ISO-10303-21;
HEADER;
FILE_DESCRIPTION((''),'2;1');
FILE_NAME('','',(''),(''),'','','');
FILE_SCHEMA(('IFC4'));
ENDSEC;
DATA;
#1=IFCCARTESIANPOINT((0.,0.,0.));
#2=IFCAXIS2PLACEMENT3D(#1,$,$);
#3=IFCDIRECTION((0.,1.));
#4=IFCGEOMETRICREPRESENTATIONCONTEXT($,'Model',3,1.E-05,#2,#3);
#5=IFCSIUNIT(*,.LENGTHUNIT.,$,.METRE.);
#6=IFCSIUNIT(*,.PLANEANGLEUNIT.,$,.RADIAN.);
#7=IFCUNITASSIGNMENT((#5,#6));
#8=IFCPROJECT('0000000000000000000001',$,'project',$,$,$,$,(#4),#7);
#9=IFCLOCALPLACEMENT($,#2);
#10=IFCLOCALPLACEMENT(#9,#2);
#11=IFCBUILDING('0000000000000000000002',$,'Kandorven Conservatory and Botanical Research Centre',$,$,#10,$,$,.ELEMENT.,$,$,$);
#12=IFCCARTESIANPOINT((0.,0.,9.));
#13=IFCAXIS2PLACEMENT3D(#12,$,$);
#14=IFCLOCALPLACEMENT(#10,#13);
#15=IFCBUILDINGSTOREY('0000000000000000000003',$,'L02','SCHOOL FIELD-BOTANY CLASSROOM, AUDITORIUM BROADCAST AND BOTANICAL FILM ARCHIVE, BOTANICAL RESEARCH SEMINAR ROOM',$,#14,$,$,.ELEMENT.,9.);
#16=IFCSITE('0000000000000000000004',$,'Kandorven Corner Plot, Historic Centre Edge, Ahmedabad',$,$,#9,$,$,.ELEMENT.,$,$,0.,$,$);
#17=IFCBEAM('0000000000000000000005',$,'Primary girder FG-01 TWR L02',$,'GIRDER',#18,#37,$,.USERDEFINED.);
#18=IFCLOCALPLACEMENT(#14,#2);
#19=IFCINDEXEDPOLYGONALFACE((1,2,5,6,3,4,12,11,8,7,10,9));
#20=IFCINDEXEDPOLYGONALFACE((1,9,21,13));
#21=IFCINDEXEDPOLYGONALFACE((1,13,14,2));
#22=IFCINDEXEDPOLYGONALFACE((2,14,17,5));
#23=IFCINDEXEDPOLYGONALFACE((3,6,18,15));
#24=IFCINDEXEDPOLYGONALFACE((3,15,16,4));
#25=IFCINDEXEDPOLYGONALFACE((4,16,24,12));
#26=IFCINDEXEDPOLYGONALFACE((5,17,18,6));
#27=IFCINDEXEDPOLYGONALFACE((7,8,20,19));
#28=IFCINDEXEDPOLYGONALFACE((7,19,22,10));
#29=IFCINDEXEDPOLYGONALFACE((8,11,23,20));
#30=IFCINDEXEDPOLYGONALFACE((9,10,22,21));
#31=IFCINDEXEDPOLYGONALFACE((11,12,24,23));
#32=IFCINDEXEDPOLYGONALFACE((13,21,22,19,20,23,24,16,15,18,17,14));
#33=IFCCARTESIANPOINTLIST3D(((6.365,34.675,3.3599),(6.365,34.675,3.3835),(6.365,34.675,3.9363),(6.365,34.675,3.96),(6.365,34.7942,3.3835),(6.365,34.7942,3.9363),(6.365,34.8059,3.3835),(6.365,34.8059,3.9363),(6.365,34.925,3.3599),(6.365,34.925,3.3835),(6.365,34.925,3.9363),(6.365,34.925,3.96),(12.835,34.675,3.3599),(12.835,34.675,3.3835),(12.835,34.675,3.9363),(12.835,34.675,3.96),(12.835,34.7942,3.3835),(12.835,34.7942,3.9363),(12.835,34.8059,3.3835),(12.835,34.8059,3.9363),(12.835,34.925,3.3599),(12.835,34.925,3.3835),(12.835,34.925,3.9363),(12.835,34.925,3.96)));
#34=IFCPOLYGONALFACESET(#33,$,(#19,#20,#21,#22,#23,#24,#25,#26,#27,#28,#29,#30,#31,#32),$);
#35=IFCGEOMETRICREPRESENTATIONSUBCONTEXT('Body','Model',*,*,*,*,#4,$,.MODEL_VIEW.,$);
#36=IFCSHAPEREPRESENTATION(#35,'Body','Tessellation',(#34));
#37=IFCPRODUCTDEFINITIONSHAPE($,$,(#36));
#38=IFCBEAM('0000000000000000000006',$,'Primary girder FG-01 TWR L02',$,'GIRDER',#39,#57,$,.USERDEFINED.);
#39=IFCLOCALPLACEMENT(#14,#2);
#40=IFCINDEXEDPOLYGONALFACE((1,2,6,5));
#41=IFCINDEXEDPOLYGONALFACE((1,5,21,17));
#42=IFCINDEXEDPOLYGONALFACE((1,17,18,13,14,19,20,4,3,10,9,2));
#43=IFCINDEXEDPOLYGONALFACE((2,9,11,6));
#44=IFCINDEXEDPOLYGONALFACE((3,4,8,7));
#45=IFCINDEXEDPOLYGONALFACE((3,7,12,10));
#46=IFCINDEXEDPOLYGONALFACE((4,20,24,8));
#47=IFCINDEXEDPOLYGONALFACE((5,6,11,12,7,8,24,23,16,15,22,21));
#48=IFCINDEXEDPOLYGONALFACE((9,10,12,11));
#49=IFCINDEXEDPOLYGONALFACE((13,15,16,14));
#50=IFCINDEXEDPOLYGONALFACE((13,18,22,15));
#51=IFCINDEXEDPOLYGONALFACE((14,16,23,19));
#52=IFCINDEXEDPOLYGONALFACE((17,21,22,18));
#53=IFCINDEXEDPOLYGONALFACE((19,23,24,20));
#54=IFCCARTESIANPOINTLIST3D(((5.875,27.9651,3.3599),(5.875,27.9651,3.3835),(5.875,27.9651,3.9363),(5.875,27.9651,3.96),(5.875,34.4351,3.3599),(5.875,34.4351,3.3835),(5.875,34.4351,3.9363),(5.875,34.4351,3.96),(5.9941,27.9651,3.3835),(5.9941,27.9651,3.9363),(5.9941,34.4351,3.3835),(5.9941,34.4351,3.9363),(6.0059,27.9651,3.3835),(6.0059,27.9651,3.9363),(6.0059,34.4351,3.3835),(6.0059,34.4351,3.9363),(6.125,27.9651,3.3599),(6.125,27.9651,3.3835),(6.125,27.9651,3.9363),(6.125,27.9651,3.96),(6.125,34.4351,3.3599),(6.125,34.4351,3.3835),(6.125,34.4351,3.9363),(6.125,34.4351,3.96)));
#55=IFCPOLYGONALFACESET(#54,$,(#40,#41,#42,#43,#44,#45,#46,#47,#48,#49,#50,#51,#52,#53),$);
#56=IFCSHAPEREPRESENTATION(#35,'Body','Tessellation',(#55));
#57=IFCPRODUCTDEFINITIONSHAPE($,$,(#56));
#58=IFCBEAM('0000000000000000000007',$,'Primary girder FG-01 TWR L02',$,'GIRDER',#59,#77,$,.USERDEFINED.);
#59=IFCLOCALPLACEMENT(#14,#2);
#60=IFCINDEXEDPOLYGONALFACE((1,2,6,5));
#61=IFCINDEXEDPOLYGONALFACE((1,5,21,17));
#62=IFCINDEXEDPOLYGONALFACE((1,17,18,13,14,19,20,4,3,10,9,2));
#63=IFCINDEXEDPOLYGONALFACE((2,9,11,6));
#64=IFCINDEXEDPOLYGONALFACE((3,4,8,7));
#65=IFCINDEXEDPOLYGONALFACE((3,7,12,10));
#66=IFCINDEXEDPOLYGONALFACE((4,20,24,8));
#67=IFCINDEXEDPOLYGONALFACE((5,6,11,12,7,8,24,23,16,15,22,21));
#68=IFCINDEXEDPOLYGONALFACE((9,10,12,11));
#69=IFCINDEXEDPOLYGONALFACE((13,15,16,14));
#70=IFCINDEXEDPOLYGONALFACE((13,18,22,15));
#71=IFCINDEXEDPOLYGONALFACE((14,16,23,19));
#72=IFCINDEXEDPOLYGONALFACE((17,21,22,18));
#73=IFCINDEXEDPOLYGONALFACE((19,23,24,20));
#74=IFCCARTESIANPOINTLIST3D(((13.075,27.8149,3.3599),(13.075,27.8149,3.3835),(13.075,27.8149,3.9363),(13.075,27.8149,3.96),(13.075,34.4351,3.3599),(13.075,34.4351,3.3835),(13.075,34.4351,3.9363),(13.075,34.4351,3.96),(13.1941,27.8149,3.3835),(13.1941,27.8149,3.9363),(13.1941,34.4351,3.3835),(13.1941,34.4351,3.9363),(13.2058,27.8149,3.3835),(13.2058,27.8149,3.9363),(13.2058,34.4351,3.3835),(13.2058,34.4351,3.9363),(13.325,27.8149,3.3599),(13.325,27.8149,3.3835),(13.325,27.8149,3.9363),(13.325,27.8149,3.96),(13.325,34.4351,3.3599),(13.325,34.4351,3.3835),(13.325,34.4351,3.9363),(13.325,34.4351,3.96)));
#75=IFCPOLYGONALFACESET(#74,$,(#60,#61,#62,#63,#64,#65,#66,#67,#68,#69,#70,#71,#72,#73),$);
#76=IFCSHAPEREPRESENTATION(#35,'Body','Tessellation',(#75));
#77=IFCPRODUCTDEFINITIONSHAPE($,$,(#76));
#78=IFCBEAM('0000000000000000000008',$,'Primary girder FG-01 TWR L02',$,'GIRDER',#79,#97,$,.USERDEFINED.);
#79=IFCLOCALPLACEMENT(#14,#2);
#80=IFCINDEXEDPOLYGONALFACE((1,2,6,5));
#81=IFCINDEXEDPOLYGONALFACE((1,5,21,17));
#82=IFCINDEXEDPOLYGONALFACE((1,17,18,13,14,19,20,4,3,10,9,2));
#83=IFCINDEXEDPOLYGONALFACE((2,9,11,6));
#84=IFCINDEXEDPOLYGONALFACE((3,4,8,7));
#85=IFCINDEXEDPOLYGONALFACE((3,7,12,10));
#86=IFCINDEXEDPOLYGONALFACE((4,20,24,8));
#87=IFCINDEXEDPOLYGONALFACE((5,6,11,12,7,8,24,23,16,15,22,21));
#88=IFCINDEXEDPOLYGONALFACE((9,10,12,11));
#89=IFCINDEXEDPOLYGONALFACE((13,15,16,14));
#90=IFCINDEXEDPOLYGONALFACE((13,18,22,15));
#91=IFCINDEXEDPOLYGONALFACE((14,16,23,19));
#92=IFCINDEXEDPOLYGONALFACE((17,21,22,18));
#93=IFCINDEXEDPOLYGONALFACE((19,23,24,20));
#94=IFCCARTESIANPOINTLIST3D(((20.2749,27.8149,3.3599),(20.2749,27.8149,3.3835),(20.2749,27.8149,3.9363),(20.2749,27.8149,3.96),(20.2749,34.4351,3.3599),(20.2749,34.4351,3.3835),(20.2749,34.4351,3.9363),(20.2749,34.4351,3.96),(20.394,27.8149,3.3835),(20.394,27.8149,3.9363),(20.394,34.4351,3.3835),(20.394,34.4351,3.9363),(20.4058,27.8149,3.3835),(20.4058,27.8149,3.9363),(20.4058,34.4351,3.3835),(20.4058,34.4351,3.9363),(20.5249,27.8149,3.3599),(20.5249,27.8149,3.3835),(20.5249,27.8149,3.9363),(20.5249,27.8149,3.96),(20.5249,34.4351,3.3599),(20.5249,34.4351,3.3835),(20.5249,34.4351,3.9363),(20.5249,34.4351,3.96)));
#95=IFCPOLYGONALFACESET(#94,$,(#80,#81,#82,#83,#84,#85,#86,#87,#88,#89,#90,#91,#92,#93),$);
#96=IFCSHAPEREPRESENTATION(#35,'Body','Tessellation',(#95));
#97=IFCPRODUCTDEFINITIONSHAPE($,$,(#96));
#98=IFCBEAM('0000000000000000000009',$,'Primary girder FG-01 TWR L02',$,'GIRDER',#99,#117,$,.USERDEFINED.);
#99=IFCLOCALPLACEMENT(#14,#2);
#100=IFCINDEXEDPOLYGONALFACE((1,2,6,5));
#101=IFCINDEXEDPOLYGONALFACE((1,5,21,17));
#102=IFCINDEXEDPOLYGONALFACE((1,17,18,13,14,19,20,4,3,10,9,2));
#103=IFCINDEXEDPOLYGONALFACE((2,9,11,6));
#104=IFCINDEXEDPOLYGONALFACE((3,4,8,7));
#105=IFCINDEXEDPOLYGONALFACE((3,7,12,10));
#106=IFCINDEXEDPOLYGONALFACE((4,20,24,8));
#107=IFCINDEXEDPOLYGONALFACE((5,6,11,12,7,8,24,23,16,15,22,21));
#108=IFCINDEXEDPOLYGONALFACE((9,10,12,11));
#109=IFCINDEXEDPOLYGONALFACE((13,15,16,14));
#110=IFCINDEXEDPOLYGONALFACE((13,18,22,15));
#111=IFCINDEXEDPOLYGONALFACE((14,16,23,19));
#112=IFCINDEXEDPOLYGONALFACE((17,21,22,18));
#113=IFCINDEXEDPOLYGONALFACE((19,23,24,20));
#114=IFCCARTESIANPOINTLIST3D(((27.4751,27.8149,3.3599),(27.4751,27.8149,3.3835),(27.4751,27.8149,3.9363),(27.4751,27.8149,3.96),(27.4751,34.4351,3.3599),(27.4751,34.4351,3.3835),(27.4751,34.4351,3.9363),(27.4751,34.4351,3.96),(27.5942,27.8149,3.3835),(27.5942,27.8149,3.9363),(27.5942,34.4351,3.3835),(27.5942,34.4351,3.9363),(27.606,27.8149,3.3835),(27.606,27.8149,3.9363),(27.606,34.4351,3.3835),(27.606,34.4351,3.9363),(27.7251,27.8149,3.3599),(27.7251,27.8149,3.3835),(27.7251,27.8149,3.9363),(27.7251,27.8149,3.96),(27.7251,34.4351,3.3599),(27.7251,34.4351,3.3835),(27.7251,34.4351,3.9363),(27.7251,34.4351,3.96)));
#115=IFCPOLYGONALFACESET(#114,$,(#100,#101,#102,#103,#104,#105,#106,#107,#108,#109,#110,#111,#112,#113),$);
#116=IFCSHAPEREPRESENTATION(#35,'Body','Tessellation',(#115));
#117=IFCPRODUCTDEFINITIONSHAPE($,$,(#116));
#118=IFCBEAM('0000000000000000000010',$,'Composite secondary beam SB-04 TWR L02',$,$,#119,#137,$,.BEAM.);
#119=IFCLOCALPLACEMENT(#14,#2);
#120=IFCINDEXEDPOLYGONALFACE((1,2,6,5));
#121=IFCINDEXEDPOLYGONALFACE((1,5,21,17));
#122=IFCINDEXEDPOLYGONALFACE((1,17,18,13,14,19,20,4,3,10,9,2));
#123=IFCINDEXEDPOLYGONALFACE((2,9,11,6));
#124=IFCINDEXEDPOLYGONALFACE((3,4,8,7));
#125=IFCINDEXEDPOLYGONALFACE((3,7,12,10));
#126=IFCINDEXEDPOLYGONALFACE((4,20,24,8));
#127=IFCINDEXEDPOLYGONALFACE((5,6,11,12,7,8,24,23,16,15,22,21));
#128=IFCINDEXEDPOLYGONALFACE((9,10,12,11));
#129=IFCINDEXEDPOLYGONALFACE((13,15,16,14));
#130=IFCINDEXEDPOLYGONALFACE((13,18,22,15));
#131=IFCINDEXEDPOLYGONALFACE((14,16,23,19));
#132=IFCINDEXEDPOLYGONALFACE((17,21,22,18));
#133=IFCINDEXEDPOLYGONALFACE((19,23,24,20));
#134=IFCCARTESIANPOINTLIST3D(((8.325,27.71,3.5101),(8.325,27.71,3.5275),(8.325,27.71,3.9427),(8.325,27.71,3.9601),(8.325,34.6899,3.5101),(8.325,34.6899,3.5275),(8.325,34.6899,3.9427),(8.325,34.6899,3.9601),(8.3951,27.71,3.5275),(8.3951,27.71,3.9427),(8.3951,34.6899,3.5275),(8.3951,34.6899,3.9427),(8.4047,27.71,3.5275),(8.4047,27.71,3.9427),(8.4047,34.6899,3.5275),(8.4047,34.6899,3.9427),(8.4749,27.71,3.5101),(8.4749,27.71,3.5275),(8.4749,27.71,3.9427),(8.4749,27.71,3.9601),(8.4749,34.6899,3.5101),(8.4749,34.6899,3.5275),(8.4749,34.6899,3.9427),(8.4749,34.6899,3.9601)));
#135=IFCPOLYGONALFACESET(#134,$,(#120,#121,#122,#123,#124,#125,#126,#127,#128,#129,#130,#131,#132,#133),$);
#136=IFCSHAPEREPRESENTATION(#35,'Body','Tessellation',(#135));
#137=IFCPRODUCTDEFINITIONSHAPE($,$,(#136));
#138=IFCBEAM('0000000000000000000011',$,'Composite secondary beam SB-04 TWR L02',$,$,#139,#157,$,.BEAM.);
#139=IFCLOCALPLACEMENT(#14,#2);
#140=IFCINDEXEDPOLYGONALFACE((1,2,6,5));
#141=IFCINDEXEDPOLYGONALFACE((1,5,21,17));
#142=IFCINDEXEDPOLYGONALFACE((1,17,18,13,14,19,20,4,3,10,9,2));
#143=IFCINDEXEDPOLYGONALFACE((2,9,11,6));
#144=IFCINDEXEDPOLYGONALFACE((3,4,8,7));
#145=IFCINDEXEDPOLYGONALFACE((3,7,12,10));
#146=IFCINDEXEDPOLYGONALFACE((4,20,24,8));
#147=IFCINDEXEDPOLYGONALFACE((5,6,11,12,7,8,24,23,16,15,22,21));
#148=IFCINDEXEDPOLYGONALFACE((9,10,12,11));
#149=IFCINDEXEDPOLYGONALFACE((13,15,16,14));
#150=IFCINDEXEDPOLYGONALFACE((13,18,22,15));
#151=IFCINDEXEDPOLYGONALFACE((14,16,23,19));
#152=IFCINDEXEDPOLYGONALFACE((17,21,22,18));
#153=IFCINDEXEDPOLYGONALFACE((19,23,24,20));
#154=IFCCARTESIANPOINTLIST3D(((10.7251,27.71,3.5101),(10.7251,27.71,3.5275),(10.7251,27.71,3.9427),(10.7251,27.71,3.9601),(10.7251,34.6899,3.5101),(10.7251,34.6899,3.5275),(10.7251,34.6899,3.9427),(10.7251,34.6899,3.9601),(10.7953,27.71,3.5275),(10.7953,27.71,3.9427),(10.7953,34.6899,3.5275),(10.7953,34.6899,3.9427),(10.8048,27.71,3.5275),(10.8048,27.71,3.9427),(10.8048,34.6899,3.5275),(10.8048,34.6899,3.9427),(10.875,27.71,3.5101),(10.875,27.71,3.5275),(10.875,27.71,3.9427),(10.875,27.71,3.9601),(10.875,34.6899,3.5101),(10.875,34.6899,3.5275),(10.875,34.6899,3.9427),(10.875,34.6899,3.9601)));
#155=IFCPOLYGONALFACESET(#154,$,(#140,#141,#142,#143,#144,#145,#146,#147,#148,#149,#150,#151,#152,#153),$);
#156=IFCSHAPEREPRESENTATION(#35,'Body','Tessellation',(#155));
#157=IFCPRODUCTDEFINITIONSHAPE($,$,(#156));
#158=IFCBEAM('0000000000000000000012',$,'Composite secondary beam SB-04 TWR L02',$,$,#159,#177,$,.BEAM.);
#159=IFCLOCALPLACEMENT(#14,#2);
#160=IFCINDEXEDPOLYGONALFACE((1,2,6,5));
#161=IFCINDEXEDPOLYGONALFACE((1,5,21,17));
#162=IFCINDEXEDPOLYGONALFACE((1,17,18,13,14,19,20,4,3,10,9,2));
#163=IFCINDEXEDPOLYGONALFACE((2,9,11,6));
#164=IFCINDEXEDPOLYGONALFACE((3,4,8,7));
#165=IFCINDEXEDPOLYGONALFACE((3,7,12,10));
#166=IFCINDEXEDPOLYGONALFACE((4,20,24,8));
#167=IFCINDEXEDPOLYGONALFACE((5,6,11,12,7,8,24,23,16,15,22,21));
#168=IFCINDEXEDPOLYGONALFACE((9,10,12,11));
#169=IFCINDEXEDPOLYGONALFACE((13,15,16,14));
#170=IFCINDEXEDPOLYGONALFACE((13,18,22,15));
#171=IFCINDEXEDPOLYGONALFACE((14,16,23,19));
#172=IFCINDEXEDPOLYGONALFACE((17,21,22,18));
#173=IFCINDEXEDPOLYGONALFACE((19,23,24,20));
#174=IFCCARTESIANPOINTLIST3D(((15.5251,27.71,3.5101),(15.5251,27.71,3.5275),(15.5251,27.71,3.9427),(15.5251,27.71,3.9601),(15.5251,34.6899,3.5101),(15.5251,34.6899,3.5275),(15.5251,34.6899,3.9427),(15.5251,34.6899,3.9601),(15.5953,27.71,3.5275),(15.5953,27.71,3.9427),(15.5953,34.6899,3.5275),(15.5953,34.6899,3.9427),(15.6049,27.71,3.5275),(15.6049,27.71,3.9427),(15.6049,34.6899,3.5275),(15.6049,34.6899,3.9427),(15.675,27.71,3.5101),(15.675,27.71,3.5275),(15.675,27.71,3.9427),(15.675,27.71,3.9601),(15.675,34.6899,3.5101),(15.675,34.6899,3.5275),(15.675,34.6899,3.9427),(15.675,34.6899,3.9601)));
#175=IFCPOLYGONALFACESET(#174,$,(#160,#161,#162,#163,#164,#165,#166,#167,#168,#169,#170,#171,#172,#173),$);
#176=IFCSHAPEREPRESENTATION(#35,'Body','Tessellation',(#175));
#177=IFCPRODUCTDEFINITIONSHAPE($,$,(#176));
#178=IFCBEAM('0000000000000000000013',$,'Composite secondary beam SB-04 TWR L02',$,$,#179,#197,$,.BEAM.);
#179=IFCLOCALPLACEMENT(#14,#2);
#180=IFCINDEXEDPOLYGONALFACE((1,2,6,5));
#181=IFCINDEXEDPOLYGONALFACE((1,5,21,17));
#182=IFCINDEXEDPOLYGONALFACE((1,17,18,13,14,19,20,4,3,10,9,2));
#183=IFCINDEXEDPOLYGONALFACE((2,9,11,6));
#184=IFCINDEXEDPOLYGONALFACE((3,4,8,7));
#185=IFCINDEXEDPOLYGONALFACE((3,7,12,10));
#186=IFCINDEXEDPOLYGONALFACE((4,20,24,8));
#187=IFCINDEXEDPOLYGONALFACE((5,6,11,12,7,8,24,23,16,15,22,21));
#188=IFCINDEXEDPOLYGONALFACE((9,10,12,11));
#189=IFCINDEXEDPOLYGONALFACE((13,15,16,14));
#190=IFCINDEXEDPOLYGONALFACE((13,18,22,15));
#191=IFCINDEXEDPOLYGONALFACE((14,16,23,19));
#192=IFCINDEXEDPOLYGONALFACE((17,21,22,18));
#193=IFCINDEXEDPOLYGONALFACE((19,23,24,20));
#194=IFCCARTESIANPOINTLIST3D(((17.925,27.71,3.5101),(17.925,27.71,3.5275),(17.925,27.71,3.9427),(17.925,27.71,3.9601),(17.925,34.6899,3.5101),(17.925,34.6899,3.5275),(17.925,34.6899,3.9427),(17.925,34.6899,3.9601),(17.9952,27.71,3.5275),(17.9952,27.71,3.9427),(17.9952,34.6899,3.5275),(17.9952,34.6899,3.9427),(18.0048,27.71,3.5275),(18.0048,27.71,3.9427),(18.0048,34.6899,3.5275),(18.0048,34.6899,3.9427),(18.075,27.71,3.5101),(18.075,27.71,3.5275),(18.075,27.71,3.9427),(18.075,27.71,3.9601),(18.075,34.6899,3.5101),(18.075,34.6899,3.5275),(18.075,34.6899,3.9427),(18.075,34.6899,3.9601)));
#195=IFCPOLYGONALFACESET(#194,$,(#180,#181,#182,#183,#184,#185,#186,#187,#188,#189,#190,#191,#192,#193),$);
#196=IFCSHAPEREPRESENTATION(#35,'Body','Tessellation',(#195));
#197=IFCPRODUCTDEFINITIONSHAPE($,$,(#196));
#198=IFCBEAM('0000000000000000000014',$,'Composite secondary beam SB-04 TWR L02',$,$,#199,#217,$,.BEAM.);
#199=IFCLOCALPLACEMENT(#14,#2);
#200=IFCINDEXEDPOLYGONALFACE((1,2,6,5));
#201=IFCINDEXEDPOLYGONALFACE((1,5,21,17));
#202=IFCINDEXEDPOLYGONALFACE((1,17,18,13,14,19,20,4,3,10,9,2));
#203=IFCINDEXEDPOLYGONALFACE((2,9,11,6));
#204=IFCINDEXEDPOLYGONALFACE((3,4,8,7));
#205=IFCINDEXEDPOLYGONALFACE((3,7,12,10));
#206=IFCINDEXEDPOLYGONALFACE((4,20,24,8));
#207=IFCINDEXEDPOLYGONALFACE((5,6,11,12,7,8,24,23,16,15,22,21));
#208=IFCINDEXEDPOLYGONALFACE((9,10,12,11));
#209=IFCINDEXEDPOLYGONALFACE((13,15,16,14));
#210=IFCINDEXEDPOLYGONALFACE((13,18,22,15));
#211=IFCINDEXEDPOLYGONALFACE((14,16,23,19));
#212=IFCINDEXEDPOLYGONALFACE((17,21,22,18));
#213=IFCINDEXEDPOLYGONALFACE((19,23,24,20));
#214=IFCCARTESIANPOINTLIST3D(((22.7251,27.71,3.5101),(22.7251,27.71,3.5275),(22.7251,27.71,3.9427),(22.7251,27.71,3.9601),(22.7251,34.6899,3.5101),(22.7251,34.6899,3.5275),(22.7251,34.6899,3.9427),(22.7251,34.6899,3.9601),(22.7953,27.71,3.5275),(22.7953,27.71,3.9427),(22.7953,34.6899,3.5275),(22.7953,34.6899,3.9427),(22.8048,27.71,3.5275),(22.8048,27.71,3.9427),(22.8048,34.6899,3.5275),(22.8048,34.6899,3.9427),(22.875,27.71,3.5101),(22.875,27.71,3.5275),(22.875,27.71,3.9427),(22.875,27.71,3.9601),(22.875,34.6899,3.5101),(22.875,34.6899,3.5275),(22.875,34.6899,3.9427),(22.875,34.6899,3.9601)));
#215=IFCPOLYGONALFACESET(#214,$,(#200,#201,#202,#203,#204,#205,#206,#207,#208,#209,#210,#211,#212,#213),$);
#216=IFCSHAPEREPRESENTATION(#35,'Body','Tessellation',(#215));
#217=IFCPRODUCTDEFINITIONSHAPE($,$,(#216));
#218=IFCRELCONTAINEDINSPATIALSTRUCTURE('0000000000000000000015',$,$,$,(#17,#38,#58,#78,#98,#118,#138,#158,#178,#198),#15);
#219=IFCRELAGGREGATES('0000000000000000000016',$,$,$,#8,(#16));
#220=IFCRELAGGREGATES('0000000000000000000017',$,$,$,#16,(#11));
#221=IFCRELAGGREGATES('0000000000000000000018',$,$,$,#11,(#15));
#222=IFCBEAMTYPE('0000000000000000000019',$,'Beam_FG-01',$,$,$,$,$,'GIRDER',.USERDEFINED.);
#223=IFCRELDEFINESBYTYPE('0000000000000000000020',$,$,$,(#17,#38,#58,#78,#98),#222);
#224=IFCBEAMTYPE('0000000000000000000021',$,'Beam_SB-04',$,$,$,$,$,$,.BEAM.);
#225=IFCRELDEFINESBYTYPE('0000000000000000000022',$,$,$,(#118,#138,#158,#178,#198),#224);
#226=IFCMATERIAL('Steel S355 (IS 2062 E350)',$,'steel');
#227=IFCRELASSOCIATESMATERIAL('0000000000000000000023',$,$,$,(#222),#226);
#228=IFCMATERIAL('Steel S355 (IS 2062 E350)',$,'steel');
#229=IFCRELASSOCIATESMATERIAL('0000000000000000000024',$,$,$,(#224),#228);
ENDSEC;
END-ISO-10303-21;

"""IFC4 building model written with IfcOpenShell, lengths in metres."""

from ifc_helpers import new_model, si_unit, direction, frame, origin, origin_2d, place, context, subcontext, project, spatial, i_section, extrude, material, material_profile, profile_set, type_object, element, save


model = new_model("IFC4")

# Units and contexts
model_context = context("Model", 3, precision=1e-05, world=origin(), true_north=direction((0.0, 1.0)))
body_context = subcontext(model_context, "Body", "Model", "MODEL_VIEW")
ifc_project = project(units=[si_unit("LENGTHUNIT", "METRE"), si_unit("PLANEANGLEUNIT", "RADIAN")], contexts=[model_context])

# Site, building, storey
site_placement = place(None, origin())
site = spatial("IfcSite", under=ifc_project, at=site_placement, Name="Kandorven Corner Plot, Historic Centre Edge, Ahmedabad", CompositionType="ELEMENT", RefElevation=0.0)
building_placement = place(site_placement, origin())
building = spatial("IfcBuilding", under=site, at=building_placement, Name="Kandorven Conservatory and Botanical Research Centre", CompositionType="ELEMENT")
storey_placement = place(building_placement, frame((0.0, 0.0, 9.0)))
storey = spatial("IfcBuildingStorey", under=building, at=storey_placement, Name="L02", Description="SCHOOL FIELD-BOTANY CLASSROOM, AUDITORIUM BROADCAST AND BOTANICAL FILM ARCHIVE, BOTANICAL RESEARCH SEMINAR ROOM", CompositionType="ELEMENT", Elevation=9.0)

# Beams
ifc_material_1 = material(Name="Steel S355 (IS 2062 E350)", Category="steel")
ifc_material_profile_1 = material_profile(ifc_material_1, i_section(OverallWidth=0.25, OverallDepth=0.6001, WebThickness=0.0117, FlangeThickness=0.0237, at=origin_2d()))
ifc_profile_set_1 = profile_set([ifc_material_profile_1], Name="Steel S355 (IS 2062 E350)")
beam_type_1 = type_object("IfcBeamType", Name="Beam_FG-01", ElementType="GIRDER", PredefinedType="USERDEFINED", material=ifc_profile_set_1)
for number, where, z_axis, x_axis, name in (
    (1, (6.365, 34.8, 3.6599), (1.0, 0.0, 0.0), (0.0, 1.0, 0.0), "Primary girder FG-01 TWR L02"),
    (2, (6.0, 27.9651, 3.6599), (0.0, 1.0, 0.0), (-1.0, 0.0, 0.0), "Primary girder FG-01 TWR L02"),
):
    element("IfcBeam", number, at=place(storey_placement, frame(where, z_axis=z_axis, x_axis=x_axis)), inside=storey, type_object=beam_type_1, Name=name, ObjectType="GIRDER", PredefinedType="USERDEFINED", context=body_context, shape_type="SweptSolid", body=[
        extrude(i_section(OverallWidth=0.25, OverallDepth=0.6001, WebThickness=0.0117, FlangeThickness=0.0237, at=origin_2d()), origin(), (0.0, 0.0, 1.0), 6.47),
    ])
for number, where, z_axis, x_axis, name in (
    (3, (13.2, 27.8149, 3.6599), (0.0, 1.0, 0.0), (-1.0, 0.0, 0.0), "Primary girder FG-01 TWR L02"),
    (4, (20.3999, 27.8149, 3.6599), (0.0, 1.0, 0.0), (-1.0, 0.0, 0.0), "Primary girder FG-01 TWR L02"),
    (5, (27.6001, 27.8149, 3.6599), (0.0, 1.0, 0.0), (-1.0, 0.0, 0.0), "Primary girder FG-01 TWR L02"),
):
    element("IfcBeam", number, at=place(storey_placement, frame(where, z_axis=z_axis, x_axis=x_axis)), inside=storey, type_object=beam_type_1, Name=name, ObjectType="GIRDER", PredefinedType="USERDEFINED", context=body_context, shape_type="SweptSolid", body=[
        extrude(i_section(OverallWidth=0.25, OverallDepth=0.6001, WebThickness=0.0117, FlangeThickness=0.0237, at=origin_2d()), origin(), (0.0, 0.0, 1.0), 6.6201),
    ])
ifc_material_2 = material(Name="Steel S355 (IS 2062 E350)", Category="steel")
ifc_material_profile_2 = material_profile(ifc_material_2, i_section(OverallWidth=0.1499, OverallDepth=0.45, WebThickness=0.0095, FlangeThickness=0.0173, at=origin_2d()))
ifc_profile_set_2 = profile_set([ifc_material_profile_2], Name="Steel S355 (IS 2062 E350)")
beam_type_2 = type_object("IfcBeamType", Name="Beam_SB-04", PredefinedType="BEAM", material=ifc_profile_set_2)
for number, where, z_axis, x_axis, name in (
    (6, (8.3999, 27.71, 3.7351), (0.0, 1.0, 0.0), (-1.0, 0.0, 0.0), "Composite secondary beam SB-04 TWR L02"),
    (7, (10.8, 27.71, 3.7351), (0.0, 1.0, 0.0), (-1.0, 0.0, 0.0), "Composite secondary beam SB-04 TWR L02"),
    (8, (15.6001, 27.71, 3.7351), (0.0, 1.0, 0.0), (-1.0, 0.0, 0.0), "Composite secondary beam SB-04 TWR L02"),
    (9, (18.0, 27.71, 3.7351), (0.0, 1.0, 0.0), (-1.0, 0.0, 0.0), "Composite secondary beam SB-04 TWR L02"),
    (10, (22.8, 27.71, 3.7351), (0.0, 1.0, 0.0), (-1.0, 0.0, 0.0), "Composite secondary beam SB-04 TWR L02"),
):
    element("IfcBeam", number, at=place(storey_placement, frame(where, z_axis=z_axis, x_axis=x_axis)), inside=storey, type_object=beam_type_2, Name=name, PredefinedType="BEAM", context=body_context, shape_type="SweptSolid", body=[
        extrude(i_section(OverallWidth=0.1499, OverallDepth=0.45, WebThickness=0.0095, FlangeThickness=0.0173, at=origin_2d()), origin(), (0.0, 0.0, 1.0), 6.98),
    ])

save(model, "model.ifc")
